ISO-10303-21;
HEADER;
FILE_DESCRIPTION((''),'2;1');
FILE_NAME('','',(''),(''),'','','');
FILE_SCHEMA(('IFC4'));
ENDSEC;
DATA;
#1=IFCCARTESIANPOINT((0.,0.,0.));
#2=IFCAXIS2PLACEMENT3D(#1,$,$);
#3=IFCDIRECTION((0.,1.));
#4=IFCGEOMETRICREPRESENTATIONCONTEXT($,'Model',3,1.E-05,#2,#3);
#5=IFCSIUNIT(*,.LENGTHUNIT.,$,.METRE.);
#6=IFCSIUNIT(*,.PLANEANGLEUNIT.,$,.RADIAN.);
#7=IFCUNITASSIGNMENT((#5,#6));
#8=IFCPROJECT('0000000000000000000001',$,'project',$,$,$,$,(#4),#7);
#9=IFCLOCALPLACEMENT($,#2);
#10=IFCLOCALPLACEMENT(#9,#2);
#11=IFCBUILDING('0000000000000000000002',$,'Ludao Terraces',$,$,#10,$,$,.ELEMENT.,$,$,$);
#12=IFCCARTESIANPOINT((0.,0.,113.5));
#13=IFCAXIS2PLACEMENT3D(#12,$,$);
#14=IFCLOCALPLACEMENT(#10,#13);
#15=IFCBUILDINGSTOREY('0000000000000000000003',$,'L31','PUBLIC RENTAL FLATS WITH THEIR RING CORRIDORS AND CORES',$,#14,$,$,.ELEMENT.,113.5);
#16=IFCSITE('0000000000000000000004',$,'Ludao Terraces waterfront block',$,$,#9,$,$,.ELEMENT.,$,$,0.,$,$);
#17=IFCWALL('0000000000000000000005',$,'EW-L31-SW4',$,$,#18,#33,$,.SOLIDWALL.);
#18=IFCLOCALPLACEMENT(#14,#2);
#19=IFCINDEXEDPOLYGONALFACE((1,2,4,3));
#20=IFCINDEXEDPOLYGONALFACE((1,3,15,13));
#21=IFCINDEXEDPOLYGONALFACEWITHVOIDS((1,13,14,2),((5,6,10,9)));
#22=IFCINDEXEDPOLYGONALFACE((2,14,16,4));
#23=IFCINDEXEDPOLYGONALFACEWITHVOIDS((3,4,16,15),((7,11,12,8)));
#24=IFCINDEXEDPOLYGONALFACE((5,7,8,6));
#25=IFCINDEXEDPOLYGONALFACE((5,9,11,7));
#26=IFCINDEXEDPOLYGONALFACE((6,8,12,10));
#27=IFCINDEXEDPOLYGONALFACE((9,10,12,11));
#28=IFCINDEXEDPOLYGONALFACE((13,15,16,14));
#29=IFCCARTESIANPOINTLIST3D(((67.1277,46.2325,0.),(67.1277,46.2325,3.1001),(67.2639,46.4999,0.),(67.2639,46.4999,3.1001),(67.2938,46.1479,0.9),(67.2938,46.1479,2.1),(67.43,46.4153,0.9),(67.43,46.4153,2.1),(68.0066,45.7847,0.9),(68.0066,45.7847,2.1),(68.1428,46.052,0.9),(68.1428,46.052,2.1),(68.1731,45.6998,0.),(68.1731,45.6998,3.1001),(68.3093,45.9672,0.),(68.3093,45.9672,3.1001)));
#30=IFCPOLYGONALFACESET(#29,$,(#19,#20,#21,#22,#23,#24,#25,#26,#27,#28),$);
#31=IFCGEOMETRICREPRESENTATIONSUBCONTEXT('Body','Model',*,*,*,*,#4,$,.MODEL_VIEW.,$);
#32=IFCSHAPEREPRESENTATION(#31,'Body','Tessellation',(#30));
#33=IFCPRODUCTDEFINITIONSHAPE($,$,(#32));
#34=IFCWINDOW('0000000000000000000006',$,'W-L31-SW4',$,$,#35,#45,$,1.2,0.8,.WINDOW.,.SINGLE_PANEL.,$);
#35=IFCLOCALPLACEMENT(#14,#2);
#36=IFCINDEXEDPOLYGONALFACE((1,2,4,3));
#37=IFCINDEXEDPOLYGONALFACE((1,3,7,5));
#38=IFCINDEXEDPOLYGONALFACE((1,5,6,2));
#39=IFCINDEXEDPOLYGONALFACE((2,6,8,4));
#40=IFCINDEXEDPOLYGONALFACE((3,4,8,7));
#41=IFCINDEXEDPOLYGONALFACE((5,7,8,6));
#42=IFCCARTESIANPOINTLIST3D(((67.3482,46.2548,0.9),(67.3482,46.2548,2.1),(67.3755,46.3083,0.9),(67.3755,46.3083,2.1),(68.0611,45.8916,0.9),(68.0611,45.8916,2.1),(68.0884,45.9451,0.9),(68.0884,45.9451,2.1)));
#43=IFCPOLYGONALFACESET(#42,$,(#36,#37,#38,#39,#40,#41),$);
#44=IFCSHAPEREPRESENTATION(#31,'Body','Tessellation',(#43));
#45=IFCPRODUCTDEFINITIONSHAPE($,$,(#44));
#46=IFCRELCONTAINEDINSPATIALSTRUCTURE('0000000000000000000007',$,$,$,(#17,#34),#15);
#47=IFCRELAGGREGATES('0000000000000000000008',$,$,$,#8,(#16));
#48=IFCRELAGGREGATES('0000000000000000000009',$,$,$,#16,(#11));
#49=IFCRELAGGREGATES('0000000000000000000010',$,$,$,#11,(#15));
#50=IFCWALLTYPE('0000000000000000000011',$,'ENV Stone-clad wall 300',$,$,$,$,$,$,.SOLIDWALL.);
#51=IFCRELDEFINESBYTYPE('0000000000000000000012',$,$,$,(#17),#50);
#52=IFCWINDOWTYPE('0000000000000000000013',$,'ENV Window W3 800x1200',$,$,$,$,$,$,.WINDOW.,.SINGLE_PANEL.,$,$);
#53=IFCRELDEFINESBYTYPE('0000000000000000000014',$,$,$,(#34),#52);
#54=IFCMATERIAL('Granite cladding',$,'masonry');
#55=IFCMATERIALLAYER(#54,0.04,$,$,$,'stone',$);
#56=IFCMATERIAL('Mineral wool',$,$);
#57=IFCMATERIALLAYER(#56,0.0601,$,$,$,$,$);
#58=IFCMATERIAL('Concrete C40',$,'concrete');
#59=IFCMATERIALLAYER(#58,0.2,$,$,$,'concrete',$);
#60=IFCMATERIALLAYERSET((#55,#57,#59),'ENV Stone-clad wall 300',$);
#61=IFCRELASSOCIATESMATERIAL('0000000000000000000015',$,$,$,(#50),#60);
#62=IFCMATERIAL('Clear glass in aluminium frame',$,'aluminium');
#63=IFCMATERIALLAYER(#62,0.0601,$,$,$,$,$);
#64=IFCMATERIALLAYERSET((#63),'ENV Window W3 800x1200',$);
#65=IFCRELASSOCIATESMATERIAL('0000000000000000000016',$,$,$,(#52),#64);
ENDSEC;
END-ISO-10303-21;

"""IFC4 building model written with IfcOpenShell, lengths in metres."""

from ifc_helpers import new_model, si_unit, direction, frame, frame_2d, origin, place, context, subcontext, project, spatial, rectangle, extrude, material, layer, layer_set, type_object, element, fill, save


model = new_model("IFC4")

# Units and contexts
model_context = context("Model", 3, precision=1e-05, world=origin(), true_north=direction((0.0, 1.0)))
body_context = subcontext(model_context, "Body", "Model", "MODEL_VIEW")
ifc_project = project(units=[si_unit("LENGTHUNIT", "METRE"), si_unit("PLANEANGLEUNIT", "RADIAN")], contexts=[model_context])

# Site, building, storey
site_placement = place(None, origin())
site = spatial("IfcSite", under=ifc_project, at=site_placement, Name="Ludao Terraces waterfront block", CompositionType="ELEMENT", RefElevation=0.0)
building_placement = place(site_placement, origin())
building = spatial("IfcBuilding", under=site, at=building_placement, Name="Ludao Terraces", CompositionType="ELEMENT")
storey_placement = place(building_placement, frame((0.0, 0.0, 113.5)))
storey = spatial("IfcBuildingStorey", under=building, at=storey_placement, Name="L31", Description="PUBLIC RENTAL FLATS WITH THEIR RING CORRIDORS AND CORES", CompositionType="ELEMENT", Elevation=113.5)

# Shared definitions
ifc_material_1 = material(Name="Concrete C40", Category="concrete")

# Shared definitions
ifc_material_2 = material(Name="Granite cladding", Category="masonry")
ifc_layer_1 = layer(ifc_material_2, 0.04, Category="stone")
ifc_material_3 = material(Name="Mineral wool")
ifc_layer_2 = layer(ifc_material_3, 0.0601)
ifc_layer_3 = layer(ifc_material_1, 0.2, Category="concrete")
ifc_layer_set_1 = layer_set([ifc_layer_1, ifc_layer_2, ifc_layer_3], Name="ENV Stone-clad wall 300")
wall_type_1 = type_object("IfcWallType", Name="ENV Stone-clad wall 300", PredefinedType="SOLIDWALL", material=ifc_layer_set_1)
ifc_material_4 = material(Name="Clear glass in aluminium frame", Category="aluminium")

# Wall, opening, window
ifc_layer_4 = layer(ifc_material_4, 0.0601)
ifc_layer_set_2 = layer_set([ifc_layer_4], Name="ENV Window W3 800x1200")
window_type_1 = type_object("IfcWindowType", Name="ENV Window W3 800x1200", PartitioningType="SINGLE_PANEL", PredefinedType="WINDOW", material=ifc_layer_set_2)
wall_1_placement = place(storey_placement, frame((67.1958, 46.3662, 0.0), z_axis=(0.0, 0.0, 1.0), x_axis=(0.890989, -0.454026, 0.0)))
wall_1 = element("IfcWall", 1, at=wall_1_placement, inside=storey, type_object=wall_type_1, Name="EW-L31-SW4", PredefinedType="SOLIDWALL", context=body_context, shape_type="SweptSolid", body=[
    extrude(rectangle(XDim=1.1733, YDim=0.3, at=frame_2d((0.5867, 0.0))), origin(), (0.0, 0.0, 1.0), 3.1001),
])
opening_1_placement = place(wall_1_placement, frame((0.1865, 0.0, 0.8999)))
opening_1 = element("IfcOpeningElement", 2, at=opening_1_placement, cuts=wall_1, PredefinedType="OPENING", context=body_context, shape_type="SweptSolid", body=[
    extrude(rectangle(XDim=0.8, YDim=1.2, at=frame_2d((0.3999, 0.6001))), frame((0.0, 0.1602, 0.0), z_axis=(0.0, -1.0, 0.0), x_axis=(1.0, 0.0, 0.0)), (0.0, 0.0, 1.0), 0.3201),
])
window_1_placement = place(opening_1_placement, origin())
window_1 = element("IfcWindow", 3, at=window_1_placement, inside=storey, type_object=window_type_1, Name="W-L31-SW4", OverallHeight=1.2, OverallWidth=0.8, PartitioningType="SINGLE_PANEL", PredefinedType="WINDOW", context=body_context, shape_type="SweptSolid", body=[
    extrude(rectangle(XDim=0.8, YDim=1.2, at=frame_2d((0.3999, 0.6001))), frame((0.0, 0.03, 0.0), z_axis=(0.0, -1.0, 0.0), x_axis=(1.0, 0.0, 0.0)), (0.0, 0.0, 1.0), 0.0601),
])
fill(opening_1, window_1)

save(model, "model.ifc")
